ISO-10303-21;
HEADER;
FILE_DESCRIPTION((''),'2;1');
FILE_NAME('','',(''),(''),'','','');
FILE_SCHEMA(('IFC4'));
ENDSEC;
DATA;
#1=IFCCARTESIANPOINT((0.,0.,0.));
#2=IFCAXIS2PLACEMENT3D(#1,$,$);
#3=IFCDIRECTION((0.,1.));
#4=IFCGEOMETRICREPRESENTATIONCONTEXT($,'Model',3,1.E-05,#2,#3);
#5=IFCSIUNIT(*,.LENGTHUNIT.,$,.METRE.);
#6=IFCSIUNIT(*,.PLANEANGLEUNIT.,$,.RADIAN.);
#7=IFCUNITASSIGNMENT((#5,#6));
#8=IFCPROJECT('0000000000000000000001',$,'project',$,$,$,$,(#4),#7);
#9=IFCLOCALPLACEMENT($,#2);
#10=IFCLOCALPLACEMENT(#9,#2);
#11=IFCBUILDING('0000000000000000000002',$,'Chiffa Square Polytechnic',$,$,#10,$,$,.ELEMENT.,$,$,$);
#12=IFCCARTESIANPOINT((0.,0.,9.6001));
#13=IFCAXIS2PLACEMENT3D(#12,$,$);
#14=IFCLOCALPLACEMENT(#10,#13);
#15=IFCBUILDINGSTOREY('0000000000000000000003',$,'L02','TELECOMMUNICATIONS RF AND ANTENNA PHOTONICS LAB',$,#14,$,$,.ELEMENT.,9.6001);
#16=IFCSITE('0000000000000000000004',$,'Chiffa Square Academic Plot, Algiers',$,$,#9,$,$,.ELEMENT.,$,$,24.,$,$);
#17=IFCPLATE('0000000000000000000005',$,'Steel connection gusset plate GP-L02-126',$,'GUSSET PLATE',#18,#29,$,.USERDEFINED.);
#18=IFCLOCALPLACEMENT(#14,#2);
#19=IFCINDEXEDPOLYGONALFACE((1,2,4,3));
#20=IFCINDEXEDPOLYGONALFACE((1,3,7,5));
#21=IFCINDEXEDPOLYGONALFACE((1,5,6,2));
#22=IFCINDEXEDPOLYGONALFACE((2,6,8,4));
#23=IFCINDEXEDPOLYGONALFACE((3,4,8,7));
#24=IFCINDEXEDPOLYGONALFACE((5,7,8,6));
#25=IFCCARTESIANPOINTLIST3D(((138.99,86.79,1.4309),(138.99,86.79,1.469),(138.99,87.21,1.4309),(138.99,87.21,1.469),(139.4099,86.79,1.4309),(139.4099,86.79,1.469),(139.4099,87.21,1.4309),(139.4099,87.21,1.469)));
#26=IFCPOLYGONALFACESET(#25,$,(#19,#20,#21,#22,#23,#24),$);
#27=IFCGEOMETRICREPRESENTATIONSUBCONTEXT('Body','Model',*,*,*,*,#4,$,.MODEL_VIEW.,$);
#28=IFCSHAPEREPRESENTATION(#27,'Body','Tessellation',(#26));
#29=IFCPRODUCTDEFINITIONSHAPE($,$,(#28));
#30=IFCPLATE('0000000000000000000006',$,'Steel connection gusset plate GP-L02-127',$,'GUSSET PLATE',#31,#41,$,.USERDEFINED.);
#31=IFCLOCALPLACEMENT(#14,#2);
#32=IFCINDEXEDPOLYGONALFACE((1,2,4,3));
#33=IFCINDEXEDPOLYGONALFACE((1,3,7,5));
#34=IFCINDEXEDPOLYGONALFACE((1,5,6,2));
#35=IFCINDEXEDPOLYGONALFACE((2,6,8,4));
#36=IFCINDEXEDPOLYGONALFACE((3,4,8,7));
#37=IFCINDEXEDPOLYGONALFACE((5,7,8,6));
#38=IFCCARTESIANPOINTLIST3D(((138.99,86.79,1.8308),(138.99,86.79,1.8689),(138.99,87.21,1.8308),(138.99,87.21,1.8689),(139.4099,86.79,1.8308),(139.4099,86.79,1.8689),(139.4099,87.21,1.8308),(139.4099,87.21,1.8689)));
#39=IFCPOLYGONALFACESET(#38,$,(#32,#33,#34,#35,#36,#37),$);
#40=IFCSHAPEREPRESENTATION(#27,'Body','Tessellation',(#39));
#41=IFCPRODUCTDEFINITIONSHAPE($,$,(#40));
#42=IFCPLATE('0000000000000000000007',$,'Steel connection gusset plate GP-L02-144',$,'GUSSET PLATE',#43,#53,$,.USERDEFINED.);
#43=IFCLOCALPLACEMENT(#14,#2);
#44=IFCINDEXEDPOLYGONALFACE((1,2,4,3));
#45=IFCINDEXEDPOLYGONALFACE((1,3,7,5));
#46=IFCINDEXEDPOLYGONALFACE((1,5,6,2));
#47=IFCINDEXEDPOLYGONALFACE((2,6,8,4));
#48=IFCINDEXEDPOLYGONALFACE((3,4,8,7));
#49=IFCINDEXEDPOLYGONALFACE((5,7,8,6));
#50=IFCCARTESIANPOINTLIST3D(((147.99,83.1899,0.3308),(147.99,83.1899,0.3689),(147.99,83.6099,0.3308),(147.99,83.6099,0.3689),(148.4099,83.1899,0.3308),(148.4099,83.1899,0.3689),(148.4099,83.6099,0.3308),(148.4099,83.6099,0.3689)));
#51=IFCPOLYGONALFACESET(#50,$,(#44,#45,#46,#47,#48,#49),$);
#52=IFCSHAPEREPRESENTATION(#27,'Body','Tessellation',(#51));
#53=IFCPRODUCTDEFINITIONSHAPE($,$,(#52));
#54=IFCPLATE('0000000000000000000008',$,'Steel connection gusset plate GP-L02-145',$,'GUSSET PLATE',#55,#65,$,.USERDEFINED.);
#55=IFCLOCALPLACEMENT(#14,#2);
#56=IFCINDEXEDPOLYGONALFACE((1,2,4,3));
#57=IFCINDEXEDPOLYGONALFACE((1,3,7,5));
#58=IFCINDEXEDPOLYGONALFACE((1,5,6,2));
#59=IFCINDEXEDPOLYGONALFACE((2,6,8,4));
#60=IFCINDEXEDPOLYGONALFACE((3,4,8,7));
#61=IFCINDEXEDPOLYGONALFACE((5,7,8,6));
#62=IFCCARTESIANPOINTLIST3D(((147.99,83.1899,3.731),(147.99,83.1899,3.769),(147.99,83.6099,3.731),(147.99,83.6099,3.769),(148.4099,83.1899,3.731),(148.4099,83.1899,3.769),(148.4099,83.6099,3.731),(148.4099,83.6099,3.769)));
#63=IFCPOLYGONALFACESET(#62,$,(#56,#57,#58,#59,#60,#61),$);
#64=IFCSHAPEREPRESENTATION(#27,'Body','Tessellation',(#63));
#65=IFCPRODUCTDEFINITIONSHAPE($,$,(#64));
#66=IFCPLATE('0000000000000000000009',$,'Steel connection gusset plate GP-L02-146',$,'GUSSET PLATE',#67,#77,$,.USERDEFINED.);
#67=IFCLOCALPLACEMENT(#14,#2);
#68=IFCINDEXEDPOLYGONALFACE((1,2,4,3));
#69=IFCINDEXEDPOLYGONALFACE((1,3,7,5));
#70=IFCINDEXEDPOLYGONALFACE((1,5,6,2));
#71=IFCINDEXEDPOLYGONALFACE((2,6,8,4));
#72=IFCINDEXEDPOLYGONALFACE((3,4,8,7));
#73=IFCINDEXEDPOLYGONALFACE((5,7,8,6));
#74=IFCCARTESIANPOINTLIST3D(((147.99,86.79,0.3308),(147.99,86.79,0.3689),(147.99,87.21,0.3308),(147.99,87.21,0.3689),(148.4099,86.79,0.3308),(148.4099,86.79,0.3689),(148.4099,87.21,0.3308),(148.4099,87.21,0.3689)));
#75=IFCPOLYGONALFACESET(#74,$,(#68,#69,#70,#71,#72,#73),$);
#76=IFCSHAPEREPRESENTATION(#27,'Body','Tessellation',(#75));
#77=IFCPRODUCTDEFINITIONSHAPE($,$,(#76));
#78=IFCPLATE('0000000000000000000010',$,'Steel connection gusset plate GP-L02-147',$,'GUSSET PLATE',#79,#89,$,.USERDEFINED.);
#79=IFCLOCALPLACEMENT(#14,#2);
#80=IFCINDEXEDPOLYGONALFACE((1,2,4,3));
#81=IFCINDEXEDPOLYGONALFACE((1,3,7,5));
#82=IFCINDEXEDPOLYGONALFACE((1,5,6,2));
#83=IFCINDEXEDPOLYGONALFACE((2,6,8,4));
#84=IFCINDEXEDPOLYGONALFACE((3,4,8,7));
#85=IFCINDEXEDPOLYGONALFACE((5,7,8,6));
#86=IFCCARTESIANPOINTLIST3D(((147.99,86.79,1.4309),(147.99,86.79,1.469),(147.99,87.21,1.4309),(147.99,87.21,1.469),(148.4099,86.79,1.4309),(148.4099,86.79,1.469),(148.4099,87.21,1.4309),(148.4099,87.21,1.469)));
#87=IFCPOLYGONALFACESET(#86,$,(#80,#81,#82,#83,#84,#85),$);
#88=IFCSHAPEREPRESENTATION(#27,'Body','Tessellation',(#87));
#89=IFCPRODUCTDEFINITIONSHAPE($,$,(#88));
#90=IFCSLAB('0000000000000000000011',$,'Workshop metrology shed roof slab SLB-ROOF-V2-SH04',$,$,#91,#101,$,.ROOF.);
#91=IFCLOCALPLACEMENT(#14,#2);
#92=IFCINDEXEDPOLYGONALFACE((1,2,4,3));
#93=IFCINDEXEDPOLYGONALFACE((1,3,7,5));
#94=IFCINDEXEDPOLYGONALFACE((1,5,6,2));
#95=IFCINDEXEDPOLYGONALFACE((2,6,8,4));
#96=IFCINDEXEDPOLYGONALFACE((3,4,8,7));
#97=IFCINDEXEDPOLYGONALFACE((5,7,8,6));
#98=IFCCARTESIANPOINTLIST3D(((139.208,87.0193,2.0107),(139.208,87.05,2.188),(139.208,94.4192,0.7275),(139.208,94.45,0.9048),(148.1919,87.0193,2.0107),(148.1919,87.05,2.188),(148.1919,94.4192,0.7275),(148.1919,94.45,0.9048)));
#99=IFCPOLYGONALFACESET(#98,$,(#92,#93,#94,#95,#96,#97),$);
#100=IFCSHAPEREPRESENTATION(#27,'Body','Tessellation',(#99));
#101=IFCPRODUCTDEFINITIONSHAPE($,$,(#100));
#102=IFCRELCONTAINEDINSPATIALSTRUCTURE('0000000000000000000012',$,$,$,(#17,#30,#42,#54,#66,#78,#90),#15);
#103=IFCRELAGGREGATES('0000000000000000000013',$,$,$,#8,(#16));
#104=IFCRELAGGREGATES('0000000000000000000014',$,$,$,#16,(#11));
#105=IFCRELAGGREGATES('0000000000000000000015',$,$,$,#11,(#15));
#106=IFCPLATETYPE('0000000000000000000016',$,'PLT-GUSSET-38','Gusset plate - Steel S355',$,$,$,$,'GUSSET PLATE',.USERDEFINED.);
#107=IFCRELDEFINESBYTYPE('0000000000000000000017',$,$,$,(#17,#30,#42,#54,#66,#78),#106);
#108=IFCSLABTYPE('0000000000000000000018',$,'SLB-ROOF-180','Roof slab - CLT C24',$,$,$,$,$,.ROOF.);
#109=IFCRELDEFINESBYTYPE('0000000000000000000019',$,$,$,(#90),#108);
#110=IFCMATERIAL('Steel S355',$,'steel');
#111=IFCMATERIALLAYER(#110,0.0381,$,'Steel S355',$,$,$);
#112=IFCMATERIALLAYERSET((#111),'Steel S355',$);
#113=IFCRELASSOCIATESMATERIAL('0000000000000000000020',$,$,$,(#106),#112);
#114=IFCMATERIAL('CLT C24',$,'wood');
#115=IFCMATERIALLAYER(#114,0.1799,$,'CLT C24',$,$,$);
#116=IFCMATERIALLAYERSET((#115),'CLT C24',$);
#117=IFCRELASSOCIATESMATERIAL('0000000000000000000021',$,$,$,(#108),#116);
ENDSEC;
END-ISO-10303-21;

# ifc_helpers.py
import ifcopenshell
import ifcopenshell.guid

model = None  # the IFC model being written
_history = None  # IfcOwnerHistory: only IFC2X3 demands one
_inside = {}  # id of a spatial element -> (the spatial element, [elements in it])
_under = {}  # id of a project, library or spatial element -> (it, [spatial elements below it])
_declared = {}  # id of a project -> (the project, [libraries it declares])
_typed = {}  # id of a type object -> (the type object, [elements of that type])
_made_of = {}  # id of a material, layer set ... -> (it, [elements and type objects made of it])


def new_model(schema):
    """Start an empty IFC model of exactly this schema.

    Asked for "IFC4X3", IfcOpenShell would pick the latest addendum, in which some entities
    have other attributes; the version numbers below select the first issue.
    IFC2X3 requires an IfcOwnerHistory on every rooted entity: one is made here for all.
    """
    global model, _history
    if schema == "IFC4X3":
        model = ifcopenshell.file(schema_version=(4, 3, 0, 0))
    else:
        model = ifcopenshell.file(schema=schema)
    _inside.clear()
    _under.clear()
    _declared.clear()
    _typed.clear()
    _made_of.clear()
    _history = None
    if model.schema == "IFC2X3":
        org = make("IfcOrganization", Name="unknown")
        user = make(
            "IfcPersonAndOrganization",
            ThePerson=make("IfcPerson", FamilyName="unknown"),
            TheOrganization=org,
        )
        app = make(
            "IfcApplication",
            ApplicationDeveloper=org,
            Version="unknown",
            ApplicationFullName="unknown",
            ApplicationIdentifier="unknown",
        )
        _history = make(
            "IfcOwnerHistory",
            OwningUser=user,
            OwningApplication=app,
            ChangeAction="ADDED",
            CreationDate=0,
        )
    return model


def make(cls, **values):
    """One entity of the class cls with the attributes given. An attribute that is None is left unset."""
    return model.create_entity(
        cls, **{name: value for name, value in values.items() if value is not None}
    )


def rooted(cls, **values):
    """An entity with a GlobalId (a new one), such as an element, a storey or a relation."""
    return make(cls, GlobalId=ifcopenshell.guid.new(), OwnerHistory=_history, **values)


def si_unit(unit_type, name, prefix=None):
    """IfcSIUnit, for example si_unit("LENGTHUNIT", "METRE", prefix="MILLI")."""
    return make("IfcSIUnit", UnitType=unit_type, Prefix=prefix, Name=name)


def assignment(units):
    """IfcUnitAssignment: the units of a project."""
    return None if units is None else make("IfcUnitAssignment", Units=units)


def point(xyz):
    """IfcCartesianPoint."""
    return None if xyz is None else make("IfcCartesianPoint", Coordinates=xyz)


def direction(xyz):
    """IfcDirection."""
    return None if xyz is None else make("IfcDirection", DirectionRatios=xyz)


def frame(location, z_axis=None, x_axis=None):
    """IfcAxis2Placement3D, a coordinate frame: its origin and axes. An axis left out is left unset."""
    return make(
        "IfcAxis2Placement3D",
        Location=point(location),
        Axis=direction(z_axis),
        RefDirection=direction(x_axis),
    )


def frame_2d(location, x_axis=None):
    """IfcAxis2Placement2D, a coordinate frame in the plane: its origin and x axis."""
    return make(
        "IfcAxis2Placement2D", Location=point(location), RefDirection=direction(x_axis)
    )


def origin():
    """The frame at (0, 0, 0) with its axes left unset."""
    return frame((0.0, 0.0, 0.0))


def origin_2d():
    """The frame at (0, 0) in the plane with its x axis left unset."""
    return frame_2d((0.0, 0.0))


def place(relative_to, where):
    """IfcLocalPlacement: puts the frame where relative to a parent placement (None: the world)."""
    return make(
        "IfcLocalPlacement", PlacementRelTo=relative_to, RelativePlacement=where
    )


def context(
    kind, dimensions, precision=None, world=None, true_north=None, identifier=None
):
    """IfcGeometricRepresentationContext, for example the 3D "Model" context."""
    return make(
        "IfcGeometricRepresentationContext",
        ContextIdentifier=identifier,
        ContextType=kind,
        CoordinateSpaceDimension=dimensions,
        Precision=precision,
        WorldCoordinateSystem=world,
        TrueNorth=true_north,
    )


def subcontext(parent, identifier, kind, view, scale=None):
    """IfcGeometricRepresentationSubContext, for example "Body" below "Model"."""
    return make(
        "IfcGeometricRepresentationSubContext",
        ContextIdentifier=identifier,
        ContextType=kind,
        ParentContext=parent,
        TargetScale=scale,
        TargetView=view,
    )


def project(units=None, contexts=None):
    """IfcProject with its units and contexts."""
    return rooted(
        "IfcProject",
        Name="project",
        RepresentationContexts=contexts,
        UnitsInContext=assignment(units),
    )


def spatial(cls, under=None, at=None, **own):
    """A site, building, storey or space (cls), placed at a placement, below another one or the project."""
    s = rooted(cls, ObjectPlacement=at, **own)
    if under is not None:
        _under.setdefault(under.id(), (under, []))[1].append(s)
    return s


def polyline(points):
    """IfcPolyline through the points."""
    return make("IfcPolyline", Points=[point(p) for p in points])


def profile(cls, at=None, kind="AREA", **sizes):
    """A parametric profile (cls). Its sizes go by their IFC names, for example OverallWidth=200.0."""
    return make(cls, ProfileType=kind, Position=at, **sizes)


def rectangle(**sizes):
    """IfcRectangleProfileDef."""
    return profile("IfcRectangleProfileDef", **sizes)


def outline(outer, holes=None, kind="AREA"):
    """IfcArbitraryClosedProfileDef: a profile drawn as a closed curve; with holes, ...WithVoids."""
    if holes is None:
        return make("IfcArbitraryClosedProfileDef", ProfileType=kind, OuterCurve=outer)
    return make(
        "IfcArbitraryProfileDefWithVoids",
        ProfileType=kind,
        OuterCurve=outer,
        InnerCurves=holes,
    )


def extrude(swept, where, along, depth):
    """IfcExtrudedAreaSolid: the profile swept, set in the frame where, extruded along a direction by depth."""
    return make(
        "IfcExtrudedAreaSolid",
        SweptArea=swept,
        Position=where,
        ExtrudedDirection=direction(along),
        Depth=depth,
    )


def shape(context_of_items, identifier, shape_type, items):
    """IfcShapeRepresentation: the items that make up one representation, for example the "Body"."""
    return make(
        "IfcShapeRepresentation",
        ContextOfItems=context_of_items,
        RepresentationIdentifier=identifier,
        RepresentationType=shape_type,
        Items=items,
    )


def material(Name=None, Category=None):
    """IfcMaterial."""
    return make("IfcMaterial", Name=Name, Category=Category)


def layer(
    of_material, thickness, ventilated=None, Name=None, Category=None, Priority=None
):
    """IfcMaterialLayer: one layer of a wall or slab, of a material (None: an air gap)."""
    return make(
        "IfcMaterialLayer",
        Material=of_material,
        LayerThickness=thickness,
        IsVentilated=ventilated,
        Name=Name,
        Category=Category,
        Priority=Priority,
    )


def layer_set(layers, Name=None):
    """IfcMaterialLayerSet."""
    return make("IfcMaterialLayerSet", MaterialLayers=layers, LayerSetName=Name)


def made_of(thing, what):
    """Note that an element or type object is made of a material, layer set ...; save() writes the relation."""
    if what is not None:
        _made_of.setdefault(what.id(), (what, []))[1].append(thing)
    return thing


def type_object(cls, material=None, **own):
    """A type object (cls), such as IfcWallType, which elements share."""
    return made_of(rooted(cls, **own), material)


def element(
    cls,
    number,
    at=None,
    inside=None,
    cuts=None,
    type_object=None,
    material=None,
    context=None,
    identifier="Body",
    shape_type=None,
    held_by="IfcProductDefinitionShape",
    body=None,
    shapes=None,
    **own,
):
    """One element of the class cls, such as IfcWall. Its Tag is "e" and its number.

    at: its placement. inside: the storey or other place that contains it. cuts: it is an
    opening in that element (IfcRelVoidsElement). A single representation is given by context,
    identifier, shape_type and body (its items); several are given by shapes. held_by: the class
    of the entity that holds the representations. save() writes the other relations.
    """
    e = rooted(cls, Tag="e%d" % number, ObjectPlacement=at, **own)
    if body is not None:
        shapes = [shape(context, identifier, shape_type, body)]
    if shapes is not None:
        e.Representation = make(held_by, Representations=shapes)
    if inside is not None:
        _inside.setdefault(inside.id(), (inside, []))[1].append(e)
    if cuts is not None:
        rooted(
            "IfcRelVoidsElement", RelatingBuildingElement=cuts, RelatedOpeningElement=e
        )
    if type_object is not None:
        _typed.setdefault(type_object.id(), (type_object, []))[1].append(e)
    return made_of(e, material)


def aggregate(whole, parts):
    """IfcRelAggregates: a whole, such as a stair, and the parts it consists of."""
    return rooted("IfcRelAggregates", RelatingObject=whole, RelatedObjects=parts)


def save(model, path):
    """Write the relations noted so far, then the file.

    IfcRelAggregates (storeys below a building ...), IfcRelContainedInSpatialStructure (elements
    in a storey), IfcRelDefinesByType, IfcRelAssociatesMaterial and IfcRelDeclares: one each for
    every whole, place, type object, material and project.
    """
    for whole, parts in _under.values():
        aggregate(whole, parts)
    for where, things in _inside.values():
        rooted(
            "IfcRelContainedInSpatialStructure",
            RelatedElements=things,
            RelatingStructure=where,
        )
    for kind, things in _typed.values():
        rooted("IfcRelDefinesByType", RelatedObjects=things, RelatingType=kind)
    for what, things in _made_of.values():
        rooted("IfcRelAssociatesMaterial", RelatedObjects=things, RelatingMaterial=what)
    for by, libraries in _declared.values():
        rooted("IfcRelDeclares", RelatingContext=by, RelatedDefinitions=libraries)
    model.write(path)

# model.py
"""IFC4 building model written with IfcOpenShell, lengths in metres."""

from ifc_helpers import new_model, si_unit, direction, frame, origin, origin_2d, place, context, subcontext, project, spatial, polyline, rectangle, outline, extrude, material, layer, layer_set, type_object, element, save


model = new_model("IFC4")

# Units and contexts
model_context = context("Model", 3, precision=1e-05, world=origin(), true_north=direction((0.0, 1.0)))
body_context = subcontext(model_context, "Body", "Model", "MODEL_VIEW")
ifc_project = project(units=[si_unit("LENGTHUNIT", "METRE"), si_unit("PLANEANGLEUNIT", "RADIAN")], contexts=[model_context])

# Site, building, storey
site_placement = place(None, origin())
site = spatial("IfcSite", under=ifc_project, at=site_placement, Name="Chiffa Square Academic Plot, Algiers", CompositionType="ELEMENT", RefElevation=24.0)
building_placement = place(site_placement, origin())
building = spatial("IfcBuilding", under=site, at=building_placement, Name="Chiffa Square Polytechnic", CompositionType="ELEMENT")
storey_placement = place(building_placement, frame((0.0, 0.0, 9.6001)))
storey = spatial("IfcBuildingStorey", under=building, at=storey_placement, Name="L02", Description="TELECOMMUNICATIONS RF AND ANTENNA PHOTONICS LAB", CompositionType="ELEMENT", Elevation=9.6001)

# Shared definitions
ifc_material_1 = material(Name="Steel S355", Category="steel")

# Plates
ifc_layer_1 = layer(ifc_material_1, 0.0381, Name="Steel S355")
ifc_layer_set_1 = layer_set([ifc_layer_1], Name="Steel S355")
plate_type_1 = type_object("IfcPlateType", Name="PLT-GUSSET-38", Description="Gusset plate - Steel S355", ElementType="GUSSET PLATE", PredefinedType="USERDEFINED", material=ifc_layer_set_1)
for number, where, z_axis, x_axis, name in (
    (1, (139.2, 87.0, 1.4309), (0.0, 0.0, 1.0), (1.0, 0.0, 0.0), "Steel connection gusset plate GP-L02-126"),
    (2, (139.2, 87.0, 1.8308), (0.0, 0.0, 1.0), (1.0, 0.0, 0.0), "Steel connection gusset plate GP-L02-127"),
    (3, (148.2, 83.3999, 0.3308), (0.0, 0.0, 1.0), (1.0, 0.0, 0.0), "Steel connection gusset plate GP-L02-144"),
    (4, (148.2, 83.3999, 3.731), (0.0, 0.0, 1.0), (1.0, 0.0, 0.0), "Steel connection gusset plate GP-L02-145"),
    (5, (148.2, 87.0, 0.3308), (0.0, 0.0, 1.0), (1.0, 0.0, 0.0), "Steel connection gusset plate GP-L02-146"),
    (6, (148.2, 87.0, 1.4309), (0.0, 0.0, 1.0), (1.0, 0.0, 0.0), "Steel connection gusset plate GP-L02-147"),
):
    element("IfcPlate", number, at=place(storey_placement, frame(where, z_axis=z_axis, x_axis=x_axis)), inside=storey, type_object=plate_type_1, Name=name, ObjectType="GUSSET PLATE", PredefinedType="USERDEFINED", context=body_context, shape_type="SweptSolid", body=[
        extrude(rectangle(XDim=0.4199, YDim=0.4199, at=origin_2d()), origin(), (0.0, 0.0, 1.0), 0.0381),
    ])

# Slab
ifc_material_2 = material(Name="CLT C24", Category="wood")
ifc_layer_2 = layer(ifc_material_2, 0.1799, Name="CLT C24")
ifc_layer_set_2 = layer_set([ifc_layer_2], Name="CLT C24")
slab_type = type_object("IfcSlabType", Name="SLB-ROOF-180", Description="Roof slab - CLT C24", PredefinedType="ROOF", material=ifc_layer_set_2)
slab_placement = place(storey_placement, frame((139.208, 87.05, 2.188), z_axis=(0.0, 0.170858, 0.985296), x_axis=(1.0, 0.0, 0.0)))
element("IfcSlab", 7, at=slab_placement, inside=storey, type_object=slab_type, Name="Workshop metrology shed roof slab SLB-ROOF-V2-SH04", PredefinedType="ROOF", context=body_context, shape_type="SweptSolid", body=[
    extrude(outline(polyline([(0.0, 0.0), (8.9839, 0.0), (8.9839, 7.5103), (0.0, 7.5103), (0.0, 0.0)])), origin(), (0.0, 0.0, -1.0), 0.1799),
])

save(model, "model.ifc")
